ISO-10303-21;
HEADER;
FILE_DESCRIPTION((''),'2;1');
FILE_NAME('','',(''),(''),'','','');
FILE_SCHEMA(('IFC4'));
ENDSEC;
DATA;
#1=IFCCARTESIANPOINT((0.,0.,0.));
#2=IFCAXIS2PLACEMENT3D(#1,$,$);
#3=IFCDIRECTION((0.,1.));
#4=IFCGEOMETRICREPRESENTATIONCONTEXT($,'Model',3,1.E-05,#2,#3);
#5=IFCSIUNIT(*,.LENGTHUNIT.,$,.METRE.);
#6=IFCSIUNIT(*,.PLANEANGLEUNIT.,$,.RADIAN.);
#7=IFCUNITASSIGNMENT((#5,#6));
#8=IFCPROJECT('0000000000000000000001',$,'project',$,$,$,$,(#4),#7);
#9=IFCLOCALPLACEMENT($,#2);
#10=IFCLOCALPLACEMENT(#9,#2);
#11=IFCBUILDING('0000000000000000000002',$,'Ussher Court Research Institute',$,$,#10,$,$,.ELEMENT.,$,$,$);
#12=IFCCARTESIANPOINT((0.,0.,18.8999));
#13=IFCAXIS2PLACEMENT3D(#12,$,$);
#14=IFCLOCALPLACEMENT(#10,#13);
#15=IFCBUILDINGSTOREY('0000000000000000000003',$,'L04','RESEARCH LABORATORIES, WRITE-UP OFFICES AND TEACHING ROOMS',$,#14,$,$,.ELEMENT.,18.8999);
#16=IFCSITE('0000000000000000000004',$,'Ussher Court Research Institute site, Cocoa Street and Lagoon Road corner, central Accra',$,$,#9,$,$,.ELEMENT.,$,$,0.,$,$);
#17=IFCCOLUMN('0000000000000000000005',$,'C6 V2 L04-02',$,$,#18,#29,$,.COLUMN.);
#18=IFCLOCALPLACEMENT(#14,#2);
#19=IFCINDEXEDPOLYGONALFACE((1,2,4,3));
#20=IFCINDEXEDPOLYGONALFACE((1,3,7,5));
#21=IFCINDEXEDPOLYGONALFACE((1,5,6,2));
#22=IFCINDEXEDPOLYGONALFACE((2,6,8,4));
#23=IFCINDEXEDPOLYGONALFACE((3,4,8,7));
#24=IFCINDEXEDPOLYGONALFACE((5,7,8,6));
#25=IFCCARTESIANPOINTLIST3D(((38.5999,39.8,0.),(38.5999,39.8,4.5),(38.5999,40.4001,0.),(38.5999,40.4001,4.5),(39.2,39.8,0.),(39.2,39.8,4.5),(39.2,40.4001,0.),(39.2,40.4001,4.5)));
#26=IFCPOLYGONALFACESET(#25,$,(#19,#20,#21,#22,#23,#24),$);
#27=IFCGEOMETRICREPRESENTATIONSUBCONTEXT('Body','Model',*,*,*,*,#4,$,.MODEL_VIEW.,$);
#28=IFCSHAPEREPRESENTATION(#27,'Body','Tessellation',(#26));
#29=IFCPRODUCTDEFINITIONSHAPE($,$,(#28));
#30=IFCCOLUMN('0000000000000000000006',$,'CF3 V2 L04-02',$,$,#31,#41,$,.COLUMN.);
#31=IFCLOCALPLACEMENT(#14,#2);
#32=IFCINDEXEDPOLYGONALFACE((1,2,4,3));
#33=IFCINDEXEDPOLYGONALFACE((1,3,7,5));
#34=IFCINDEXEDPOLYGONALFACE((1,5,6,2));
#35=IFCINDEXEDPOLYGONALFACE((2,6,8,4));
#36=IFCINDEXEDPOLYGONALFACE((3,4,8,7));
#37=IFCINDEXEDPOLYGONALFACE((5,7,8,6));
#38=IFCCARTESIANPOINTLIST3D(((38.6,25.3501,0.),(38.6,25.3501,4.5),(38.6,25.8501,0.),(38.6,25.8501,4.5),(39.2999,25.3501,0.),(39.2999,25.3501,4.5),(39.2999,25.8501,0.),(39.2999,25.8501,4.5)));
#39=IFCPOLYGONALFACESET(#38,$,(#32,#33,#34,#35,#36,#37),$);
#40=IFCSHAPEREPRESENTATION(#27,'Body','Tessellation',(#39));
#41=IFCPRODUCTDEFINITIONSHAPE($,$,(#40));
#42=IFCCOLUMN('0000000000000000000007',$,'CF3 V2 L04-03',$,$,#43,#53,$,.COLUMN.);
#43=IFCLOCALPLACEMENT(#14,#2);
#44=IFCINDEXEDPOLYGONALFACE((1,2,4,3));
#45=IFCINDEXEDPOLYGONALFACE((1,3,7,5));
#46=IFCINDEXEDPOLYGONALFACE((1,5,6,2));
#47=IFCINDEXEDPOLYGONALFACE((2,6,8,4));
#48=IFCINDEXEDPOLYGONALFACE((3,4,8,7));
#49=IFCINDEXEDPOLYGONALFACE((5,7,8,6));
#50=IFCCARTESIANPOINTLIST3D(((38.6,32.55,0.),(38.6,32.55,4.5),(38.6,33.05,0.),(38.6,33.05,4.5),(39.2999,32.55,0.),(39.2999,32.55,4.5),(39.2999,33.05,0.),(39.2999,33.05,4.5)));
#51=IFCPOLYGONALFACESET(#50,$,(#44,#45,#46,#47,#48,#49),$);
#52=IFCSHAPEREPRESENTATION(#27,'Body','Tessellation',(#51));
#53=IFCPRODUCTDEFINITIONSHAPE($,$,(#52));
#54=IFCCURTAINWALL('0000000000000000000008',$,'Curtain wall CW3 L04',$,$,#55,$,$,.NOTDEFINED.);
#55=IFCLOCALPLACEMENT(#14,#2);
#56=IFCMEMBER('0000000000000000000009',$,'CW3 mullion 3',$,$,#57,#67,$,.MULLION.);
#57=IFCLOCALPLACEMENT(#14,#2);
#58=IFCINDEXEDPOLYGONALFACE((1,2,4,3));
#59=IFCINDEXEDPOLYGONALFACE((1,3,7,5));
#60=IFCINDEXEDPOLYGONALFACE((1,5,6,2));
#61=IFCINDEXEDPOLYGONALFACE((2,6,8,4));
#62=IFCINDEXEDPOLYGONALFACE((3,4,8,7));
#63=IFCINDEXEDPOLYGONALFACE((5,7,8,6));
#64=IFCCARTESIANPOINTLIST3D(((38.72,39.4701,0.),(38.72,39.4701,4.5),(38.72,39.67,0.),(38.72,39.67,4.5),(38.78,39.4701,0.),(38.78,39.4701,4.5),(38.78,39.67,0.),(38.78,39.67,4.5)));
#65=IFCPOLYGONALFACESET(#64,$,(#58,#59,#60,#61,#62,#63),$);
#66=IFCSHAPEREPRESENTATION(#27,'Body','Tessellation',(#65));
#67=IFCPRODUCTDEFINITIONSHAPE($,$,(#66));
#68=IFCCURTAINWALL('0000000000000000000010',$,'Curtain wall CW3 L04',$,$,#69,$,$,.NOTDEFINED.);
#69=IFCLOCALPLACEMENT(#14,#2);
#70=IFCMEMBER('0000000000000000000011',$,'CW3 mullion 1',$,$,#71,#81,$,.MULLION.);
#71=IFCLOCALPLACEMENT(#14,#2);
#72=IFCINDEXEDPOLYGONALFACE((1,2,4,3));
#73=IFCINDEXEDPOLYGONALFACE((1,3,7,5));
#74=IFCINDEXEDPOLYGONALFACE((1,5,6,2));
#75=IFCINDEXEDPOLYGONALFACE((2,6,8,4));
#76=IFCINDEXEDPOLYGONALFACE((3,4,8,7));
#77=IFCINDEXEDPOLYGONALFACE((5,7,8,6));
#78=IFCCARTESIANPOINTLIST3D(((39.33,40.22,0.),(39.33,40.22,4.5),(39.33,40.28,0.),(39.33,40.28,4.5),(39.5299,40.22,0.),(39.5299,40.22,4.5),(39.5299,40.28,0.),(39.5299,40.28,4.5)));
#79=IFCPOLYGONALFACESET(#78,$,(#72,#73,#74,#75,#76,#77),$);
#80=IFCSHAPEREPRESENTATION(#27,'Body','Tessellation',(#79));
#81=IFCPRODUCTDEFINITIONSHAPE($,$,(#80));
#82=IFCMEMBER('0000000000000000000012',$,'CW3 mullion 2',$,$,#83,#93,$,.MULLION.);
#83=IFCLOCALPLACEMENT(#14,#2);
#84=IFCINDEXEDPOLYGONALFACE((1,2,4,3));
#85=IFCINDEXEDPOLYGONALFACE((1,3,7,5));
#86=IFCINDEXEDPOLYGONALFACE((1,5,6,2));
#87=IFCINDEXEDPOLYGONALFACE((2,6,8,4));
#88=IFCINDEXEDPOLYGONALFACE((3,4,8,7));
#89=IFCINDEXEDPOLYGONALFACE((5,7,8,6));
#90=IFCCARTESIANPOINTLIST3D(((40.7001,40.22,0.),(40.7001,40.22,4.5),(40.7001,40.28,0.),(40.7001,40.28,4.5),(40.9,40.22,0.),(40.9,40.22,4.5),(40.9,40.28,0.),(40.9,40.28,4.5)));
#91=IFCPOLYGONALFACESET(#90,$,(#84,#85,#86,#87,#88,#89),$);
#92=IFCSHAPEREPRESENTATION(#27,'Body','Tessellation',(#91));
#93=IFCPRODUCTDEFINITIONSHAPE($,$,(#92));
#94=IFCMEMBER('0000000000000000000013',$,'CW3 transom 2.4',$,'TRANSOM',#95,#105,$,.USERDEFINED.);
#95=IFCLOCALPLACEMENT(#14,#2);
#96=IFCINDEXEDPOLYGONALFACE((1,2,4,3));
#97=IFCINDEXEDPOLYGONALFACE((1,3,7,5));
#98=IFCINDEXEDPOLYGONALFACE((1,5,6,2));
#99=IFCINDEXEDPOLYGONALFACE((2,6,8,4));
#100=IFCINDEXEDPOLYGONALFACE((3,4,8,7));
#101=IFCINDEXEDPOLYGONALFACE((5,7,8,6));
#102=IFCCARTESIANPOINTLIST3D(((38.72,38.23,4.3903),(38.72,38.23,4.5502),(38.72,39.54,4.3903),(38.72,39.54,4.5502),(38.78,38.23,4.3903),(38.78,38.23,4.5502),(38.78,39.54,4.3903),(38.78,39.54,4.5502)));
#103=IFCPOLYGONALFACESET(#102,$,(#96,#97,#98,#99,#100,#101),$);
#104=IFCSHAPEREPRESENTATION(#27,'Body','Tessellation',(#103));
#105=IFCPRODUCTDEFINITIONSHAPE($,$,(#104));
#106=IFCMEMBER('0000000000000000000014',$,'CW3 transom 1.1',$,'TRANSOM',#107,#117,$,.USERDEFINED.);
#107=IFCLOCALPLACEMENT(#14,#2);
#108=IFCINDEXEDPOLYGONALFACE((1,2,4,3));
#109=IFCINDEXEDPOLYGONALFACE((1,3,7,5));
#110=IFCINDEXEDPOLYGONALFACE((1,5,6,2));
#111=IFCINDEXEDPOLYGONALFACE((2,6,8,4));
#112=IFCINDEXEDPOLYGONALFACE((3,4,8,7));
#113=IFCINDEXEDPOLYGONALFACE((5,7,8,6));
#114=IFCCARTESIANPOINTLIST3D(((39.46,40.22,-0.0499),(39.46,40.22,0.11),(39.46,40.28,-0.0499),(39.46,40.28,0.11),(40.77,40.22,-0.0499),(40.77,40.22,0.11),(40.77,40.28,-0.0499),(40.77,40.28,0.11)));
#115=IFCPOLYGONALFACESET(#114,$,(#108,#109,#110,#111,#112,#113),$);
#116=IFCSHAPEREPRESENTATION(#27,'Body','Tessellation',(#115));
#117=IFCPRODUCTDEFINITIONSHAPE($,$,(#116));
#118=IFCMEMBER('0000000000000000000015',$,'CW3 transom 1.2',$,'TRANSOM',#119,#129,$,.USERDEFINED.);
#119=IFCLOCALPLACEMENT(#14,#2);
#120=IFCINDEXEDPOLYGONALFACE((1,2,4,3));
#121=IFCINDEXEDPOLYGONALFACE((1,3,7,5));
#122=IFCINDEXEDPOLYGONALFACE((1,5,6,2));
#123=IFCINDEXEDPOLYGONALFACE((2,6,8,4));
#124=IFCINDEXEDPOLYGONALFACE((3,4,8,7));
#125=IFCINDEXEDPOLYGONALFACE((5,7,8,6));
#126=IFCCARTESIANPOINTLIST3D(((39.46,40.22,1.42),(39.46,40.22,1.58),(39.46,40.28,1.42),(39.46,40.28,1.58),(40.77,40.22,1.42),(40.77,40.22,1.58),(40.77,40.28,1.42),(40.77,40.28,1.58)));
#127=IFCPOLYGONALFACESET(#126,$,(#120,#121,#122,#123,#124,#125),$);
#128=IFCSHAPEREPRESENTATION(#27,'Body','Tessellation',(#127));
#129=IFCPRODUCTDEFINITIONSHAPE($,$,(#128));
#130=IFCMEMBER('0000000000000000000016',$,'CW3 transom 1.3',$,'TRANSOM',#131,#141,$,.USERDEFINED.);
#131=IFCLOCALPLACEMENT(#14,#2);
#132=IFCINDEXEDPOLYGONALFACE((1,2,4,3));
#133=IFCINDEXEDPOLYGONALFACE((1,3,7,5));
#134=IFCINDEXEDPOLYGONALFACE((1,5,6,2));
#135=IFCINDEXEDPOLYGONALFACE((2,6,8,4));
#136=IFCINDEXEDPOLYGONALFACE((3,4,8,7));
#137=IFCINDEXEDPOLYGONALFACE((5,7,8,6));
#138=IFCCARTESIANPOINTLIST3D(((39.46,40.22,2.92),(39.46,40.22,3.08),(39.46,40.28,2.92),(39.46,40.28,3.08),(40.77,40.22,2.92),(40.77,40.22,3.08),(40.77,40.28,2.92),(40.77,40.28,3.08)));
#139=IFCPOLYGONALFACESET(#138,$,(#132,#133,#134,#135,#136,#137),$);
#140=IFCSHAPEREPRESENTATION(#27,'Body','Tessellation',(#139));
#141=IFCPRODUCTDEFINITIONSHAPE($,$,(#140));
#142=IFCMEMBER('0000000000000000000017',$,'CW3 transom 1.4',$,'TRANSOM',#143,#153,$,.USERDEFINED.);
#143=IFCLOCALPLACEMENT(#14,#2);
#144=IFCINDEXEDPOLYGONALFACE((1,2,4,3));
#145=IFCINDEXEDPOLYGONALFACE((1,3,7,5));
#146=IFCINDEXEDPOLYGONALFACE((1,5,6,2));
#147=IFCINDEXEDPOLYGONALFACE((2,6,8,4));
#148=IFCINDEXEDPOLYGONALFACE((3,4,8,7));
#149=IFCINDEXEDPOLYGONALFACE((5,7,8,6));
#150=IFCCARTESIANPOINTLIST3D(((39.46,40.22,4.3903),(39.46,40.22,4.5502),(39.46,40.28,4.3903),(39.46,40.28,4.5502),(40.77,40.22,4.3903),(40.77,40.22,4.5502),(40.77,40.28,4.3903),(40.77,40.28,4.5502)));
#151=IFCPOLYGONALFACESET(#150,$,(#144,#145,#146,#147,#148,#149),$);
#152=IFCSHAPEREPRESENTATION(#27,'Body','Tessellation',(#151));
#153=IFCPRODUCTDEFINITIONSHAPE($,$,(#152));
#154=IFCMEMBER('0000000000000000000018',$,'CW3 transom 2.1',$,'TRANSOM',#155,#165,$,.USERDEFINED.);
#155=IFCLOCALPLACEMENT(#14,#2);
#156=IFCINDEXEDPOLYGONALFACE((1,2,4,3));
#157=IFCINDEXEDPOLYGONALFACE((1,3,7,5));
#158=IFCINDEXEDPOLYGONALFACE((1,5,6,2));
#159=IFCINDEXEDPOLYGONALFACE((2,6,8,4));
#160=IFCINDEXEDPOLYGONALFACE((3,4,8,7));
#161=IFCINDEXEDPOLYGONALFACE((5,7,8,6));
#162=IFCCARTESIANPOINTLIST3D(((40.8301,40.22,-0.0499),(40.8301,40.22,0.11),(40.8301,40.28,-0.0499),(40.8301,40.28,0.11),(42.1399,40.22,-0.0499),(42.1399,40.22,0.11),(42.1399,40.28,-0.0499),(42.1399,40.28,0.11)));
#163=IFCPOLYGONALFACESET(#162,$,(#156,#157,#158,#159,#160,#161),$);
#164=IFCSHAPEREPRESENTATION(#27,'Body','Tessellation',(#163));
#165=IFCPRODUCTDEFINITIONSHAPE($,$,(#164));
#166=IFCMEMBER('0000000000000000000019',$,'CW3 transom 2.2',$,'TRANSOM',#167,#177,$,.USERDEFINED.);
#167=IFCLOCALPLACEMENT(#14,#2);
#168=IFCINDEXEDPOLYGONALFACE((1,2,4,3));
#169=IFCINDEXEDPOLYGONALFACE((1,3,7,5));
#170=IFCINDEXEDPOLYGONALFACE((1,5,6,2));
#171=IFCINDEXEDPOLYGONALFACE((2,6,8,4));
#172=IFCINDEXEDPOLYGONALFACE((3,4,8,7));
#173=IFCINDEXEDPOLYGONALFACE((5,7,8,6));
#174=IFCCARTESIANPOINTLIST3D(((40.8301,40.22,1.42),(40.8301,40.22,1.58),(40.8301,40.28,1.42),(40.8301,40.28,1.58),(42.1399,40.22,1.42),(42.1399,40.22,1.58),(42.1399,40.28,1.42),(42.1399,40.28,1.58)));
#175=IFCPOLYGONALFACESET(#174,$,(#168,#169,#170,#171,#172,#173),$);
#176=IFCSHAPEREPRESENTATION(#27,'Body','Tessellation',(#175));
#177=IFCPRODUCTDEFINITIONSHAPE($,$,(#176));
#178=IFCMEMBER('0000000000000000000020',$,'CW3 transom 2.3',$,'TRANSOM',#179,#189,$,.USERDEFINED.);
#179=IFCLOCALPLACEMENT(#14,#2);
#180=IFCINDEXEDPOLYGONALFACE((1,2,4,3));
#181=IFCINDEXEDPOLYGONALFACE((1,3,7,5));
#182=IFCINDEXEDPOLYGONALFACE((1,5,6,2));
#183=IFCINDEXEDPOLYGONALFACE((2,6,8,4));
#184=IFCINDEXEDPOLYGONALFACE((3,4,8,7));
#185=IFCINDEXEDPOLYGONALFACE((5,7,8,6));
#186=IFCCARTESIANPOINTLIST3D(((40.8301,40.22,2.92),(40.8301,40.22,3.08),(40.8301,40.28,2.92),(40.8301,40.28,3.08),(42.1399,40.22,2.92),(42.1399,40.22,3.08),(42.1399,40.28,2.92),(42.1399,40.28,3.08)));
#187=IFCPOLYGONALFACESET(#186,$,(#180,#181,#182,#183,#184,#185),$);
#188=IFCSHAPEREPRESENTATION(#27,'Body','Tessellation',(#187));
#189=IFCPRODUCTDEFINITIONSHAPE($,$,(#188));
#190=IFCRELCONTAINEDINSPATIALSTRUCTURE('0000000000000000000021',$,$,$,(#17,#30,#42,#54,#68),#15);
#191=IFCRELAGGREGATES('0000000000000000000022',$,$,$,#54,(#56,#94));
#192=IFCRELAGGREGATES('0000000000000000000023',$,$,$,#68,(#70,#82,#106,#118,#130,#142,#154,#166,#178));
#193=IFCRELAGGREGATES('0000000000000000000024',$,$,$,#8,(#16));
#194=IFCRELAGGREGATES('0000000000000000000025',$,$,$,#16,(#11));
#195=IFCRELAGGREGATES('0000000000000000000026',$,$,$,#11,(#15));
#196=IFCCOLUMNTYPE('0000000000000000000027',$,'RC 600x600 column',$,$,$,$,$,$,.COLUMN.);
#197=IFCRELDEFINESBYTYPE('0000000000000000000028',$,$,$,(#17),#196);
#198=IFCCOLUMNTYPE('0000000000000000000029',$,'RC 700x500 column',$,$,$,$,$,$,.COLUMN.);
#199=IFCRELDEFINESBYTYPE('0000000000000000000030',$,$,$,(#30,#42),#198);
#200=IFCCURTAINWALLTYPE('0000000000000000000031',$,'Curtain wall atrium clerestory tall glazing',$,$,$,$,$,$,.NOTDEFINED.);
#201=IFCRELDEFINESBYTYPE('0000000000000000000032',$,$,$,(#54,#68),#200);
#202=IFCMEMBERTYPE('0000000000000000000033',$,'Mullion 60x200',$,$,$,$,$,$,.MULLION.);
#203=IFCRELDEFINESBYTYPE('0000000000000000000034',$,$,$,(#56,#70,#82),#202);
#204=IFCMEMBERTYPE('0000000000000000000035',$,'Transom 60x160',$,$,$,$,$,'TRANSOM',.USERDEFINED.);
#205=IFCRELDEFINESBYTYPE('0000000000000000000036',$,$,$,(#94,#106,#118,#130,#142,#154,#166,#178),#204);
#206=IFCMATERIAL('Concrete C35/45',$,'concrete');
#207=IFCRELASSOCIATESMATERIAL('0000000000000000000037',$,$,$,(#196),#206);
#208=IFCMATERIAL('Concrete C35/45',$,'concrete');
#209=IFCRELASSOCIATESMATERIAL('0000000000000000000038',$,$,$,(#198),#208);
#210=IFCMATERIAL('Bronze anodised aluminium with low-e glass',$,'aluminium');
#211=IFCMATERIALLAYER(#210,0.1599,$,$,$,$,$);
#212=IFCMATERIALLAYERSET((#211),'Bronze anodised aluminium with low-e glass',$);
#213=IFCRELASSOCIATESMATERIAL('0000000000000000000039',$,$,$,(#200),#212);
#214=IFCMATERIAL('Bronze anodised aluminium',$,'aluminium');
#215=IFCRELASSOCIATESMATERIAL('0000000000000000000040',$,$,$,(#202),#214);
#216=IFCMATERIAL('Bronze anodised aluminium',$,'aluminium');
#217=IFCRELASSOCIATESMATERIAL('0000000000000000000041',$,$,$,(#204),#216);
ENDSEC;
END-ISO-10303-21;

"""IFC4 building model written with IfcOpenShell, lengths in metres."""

from ifc_helpers import new_model, si_unit, direction, frame, origin, origin_2d, place, context, subcontext, project, spatial, rectangle, extrude, material, layer, layer_set, material_profile, profile_set, type_object, element, aggregate, save


model = new_model("IFC4")

# Units and contexts
model_context = context("Model", 3, precision=1e-05, world=origin(), true_north=direction((0.0, 1.0)))
body_context = subcontext(model_context, "Body", "Model", "MODEL_VIEW")
ifc_project = project(units=[si_unit("LENGTHUNIT", "METRE"), si_unit("PLANEANGLEUNIT", "RADIAN")], contexts=[model_context])

# Site, building, storey
site_placement = place(None, origin())
site = spatial("IfcSite", under=ifc_project, at=site_placement, Name="Ussher Court Research Institute site, Cocoa Street and Lagoon Road corner, central Accra", CompositionType="ELEMENT", RefElevation=0.0)
building_placement = place(site_placement, origin())
building = spatial("IfcBuilding", under=site, at=building_placement, Name="Ussher Court Research Institute", CompositionType="ELEMENT")
storey_placement = place(building_placement, frame((0.0, 0.0, 18.8999)))
storey = spatial("IfcBuildingStorey", under=building, at=storey_placement, Name="L04", Description="RESEARCH LABORATORIES, WRITE-UP OFFICES AND TEACHING ROOMS", CompositionType="ELEMENT", Elevation=18.8999)

# Columns
ifc_material_1 = material(Name="Concrete C35/45", Category="concrete")
ifc_material_profile_1 = material_profile(ifc_material_1, rectangle(XDim=0.6001, YDim=0.6001, at=origin_2d()), Name="RC 600x600")
ifc_profile_set_1 = profile_set([ifc_material_profile_1], Name="Concrete C35/45")
column_type_1 = type_object("IfcColumnType", Name="RC 600x600 column", PredefinedType="COLUMN", material=ifc_profile_set_1)
column_placement = place(storey_placement, frame((38.8999, 40.1001, 0.0), z_axis=(0.0, 0.0, 1.0), x_axis=(1.0, 0.0, 0.0)))
element("IfcColumn", 1, at=column_placement, inside=storey, type_object=column_type_1, Name="C6 V2 L04-02", PredefinedType="COLUMN", context=body_context, shape_type="SweptSolid", body=[
    extrude(rectangle(XDim=0.6001, YDim=0.6001, at=origin_2d()), origin(), (0.0, 0.0, 1.0), 4.5),
])
ifc_material_2 = material(Name="Concrete C35/45", Category="concrete")
ifc_material_profile_2 = material_profile(ifc_material_2, rectangle(XDim=0.7, YDim=0.5, at=origin_2d()), Name="RC 700x500")
ifc_profile_set_2 = profile_set([ifc_material_profile_2], Name="Concrete C35/45")
column_type_2 = type_object("IfcColumnType", Name="RC 700x500 column", PredefinedType="COLUMN", material=ifc_profile_set_2)
for number, where, z_axis, x_axis, name in (
    (2, (38.95, 25.6001, 0.0), (0.0, 0.0, 1.0), (1.0, 0.0, 0.0), "CF3 V2 L04-02"),
    (3, (38.95, 32.8, 0.0), (0.0, 0.0, 1.0), (1.0, 0.0, 0.0), "CF3 V2 L04-03"),
):
    element("IfcColumn", number, at=place(storey_placement, frame(where, z_axis=z_axis, x_axis=x_axis)), inside=storey, type_object=column_type_2, Name=name, PredefinedType="COLUMN", context=body_context, shape_type="SweptSolid", body=[
        extrude(rectangle(XDim=0.7, YDim=0.5, at=origin_2d()), origin(), (0.0, 0.0, 1.0), 4.5),
    ])

# Curtain wall, member
ifc_material_3 = material(Name="Bronze anodised aluminium with low-e glass", Category="aluminium")
ifc_layer_1 = layer(ifc_material_3, 0.1599)
ifc_layer_set_1 = layer_set([ifc_layer_1], Name="Bronze anodised aluminium with low-e glass")
curtain_wall_type = type_object("IfcCurtainWallType", Name="Curtain wall atrium clerestory tall glazing", PredefinedType="NOTDEFINED", material=ifc_layer_set_1)
curtain_wall_1_placement = place(storey_placement, origin())
curtain_wall_1 = element("IfcCurtainWall", 4, at=curtain_wall_1_placement, inside=storey, type_object=curtain_wall_type, Name="Curtain wall CW3 L04", PredefinedType="NOTDEFINED")
ifc_material_4 = material(Name="Bronze anodised aluminium", Category="aluminium")
ifc_material_profile_3 = material_profile(ifc_material_4, rectangle(XDim=0.0601, YDim=0.2, at=origin_2d()), Name="Mullion 60x200")
ifc_profile_set_3 = profile_set([ifc_material_profile_3], Name="Bronze anodised aluminium")
member_type_1 = type_object("IfcMemberType", Name="Mullion 60x200", PredefinedType="MULLION", material=ifc_profile_set_3)
member_1_placement = place(storey_placement, frame((38.75, 39.5701, 0.0), z_axis=(0.0, 0.0, 1.0), x_axis=(-1.0, 0.0, 0.0)))
member_1 = element("IfcMember", 5, at=member_1_placement, type_object=member_type_1, Name="CW3 mullion 3", PredefinedType="MULLION", context=body_context, shape_type="SweptSolid", body=[
    extrude(rectangle(XDim=0.0601, YDim=0.2, at=origin_2d()), origin(), (0.0, 0.0, 1.0), 4.5),
])

# Curtain wall, members
curtain_wall_2_placement = place(storey_placement, origin())
curtain_wall_2 = element("IfcCurtainWall", 6, at=curtain_wall_2_placement, inside=storey, type_object=curtain_wall_type, Name="Curtain wall CW3 L04", PredefinedType="NOTDEFINED")
member_2_placement = place(storey_placement, frame((39.4299, 40.25, 0.0), z_axis=(0.0, 0.0, 1.0), x_axis=(0.0, 1.0, 0.0)))
member_2 = element("IfcMember", 7, at=member_2_placement, type_object=member_type_1, Name="CW3 mullion 1", PredefinedType="MULLION", context=body_context, shape_type="SweptSolid", body=[
    extrude(rectangle(XDim=0.0601, YDim=0.2, at=origin_2d()), origin(), (0.0, 0.0, 1.0), 4.5),
])
member_3_placement = place(storey_placement, frame((40.8, 40.25, 0.0), z_axis=(0.0, 0.0, 1.0), x_axis=(0.0, 1.0, 0.0)))
member_3 = element("IfcMember", 8, at=member_3_placement, type_object=member_type_1, Name="CW3 mullion 2", PredefinedType="MULLION", context=body_context, shape_type="SweptSolid", body=[
    extrude(rectangle(XDim=0.0601, YDim=0.2, at=origin_2d()), origin(), (0.0, 0.0, 1.0), 4.5),
])

# Members
ifc_material_5 = material(Name="Bronze anodised aluminium", Category="aluminium")
ifc_material_profile_4 = material_profile(ifc_material_5, rectangle(XDim=0.0601, YDim=0.1599, at=origin_2d()), Name="Transom 60x160")
ifc_profile_set_4 = profile_set([ifc_material_profile_4], Name="Bronze anodised aluminium")
member_type_2 = type_object("IfcMemberType", Name="Transom 60x160", ElementType="TRANSOM", PredefinedType="USERDEFINED", material=ifc_profile_set_4)
member_4_placement = place(storey_placement, frame((38.75, 38.23, 4.4702), z_axis=(0.0, 1.0, 0.0), x_axis=(-1.0, 0.0, 0.0)))
member_4 = element("IfcMember", 9, at=member_4_placement, type_object=member_type_2, Name="CW3 transom 2.4", ObjectType="TRANSOM", PredefinedType="USERDEFINED", context=body_context, shape_type="SweptSolid", body=[
    extrude(rectangle(XDim=0.0601, YDim=0.1599, at=origin_2d()), origin(), (0.0, 0.0, 1.0), 1.3101),
])
member_5_placement = place(storey_placement, frame((39.46, 40.25, 0.03), z_axis=(1.0, 0.0, 0.0), x_axis=(0.0, 1.0, 0.0)))
member_5 = element("IfcMember", 10, at=member_5_placement, type_object=member_type_2, Name="CW3 transom 1.1", ObjectType="TRANSOM", PredefinedType="USERDEFINED", context=body_context, shape_type="SweptSolid", body=[
    extrude(rectangle(XDim=0.0601, YDim=0.1599, at=origin_2d()), origin(), (0.0, 0.0, 1.0), 1.3101),
])
member_6_placement = place(storey_placement, frame((39.46, 40.25, 1.5), z_axis=(1.0, 0.0, 0.0), x_axis=(0.0, 1.0, 0.0)))
member_6 = element("IfcMember", 11, at=member_6_placement, type_object=member_type_2, Name="CW3 transom 1.2", ObjectType="TRANSOM", PredefinedType="USERDEFINED", context=body_context, shape_type="SweptSolid", body=[
    extrude(rectangle(XDim=0.0601, YDim=0.1599, at=origin_2d()), origin(), (0.0, 0.0, 1.0), 1.3101),
])
member_7_placement = place(storey_placement, frame((39.46, 40.25, 3.0), z_axis=(1.0, 0.0, 0.0), x_axis=(0.0, 1.0, 0.0)))
member_7 = element("IfcMember", 12, at=member_7_placement, type_object=member_type_2, Name="CW3 transom 1.3", ObjectType="TRANSOM", PredefinedType="USERDEFINED", context=body_context, shape_type="SweptSolid", body=[
    extrude(rectangle(XDim=0.0601, YDim=0.1599, at=origin_2d()), origin(), (0.0, 0.0, 1.0), 1.3101),
])
member_8_placement = place(storey_placement, frame((39.46, 40.25, 4.4702), z_axis=(1.0, 0.0, 0.0), x_axis=(0.0, 1.0, 0.0)))
member_8 = element("IfcMember", 13, at=member_8_placement, type_object=member_type_2, Name="CW3 transom 1.4", ObjectType="TRANSOM", PredefinedType="USERDEFINED", context=body_context, shape_type="SweptSolid", body=[
    extrude(rectangle(XDim=0.0601, YDim=0.1599, at=origin_2d()), origin(), (0.0, 0.0, 1.0), 1.3101),
])
member_9_placement = place(storey_placement, frame((40.8301, 40.25, 0.03), z_axis=(1.0, 0.0, 0.0), x_axis=(0.0, 1.0, 0.0)))
member_9 = element("IfcMember", 14, at=member_9_placement, type_object=member_type_2, Name="CW3 transom 2.1", ObjectType="TRANSOM", PredefinedType="USERDEFINED", context=body_context, shape_type="SweptSolid", body=[
    extrude(rectangle(XDim=0.0601, YDim=0.1599, at=origin_2d()), origin(), (0.0, 0.0, 1.0), 1.3098),
])
member_10_placement = place(storey_placement, frame((40.8301, 40.25, 1.5), z_axis=(1.0, 0.0, 0.0), x_axis=(0.0, 1.0, 0.0)))
member_10 = element("IfcMember", 15, at=member_10_placement, type_object=member_type_2, Name="CW3 transom 2.2", ObjectType="TRANSOM", PredefinedType="USERDEFINED", context=body_context, shape_type="SweptSolid", body=[
    extrude(rectangle(XDim=0.0601, YDim=0.1599, at=origin_2d()), origin(), (0.0, 0.0, 1.0), 1.3098),
])
member_11_placement = place(storey_placement, frame((40.8301, 40.25, 3.0), z_axis=(1.0, 0.0, 0.0), x_axis=(0.0, 1.0, 0.0)))
member_11 = element("IfcMember", 16, at=member_11_placement, type_object=member_type_2, Name="CW3 transom 2.3", ObjectType="TRANSOM", PredefinedType="USERDEFINED", context=body_context, shape_type="SweptSolid", body=[
    extrude(rectangle(XDim=0.0601, YDim=0.1599, at=origin_2d()), origin(), (0.0, 0.0, 1.0), 1.3098),
])

aggregate(curtain_wall_1, [member_1, member_4])
aggregate(curtain_wall_2, [member_2, member_3, member_5, member_6, member_7, member_8, member_9, member_10, member_11])

save(model, "model.ifc")
